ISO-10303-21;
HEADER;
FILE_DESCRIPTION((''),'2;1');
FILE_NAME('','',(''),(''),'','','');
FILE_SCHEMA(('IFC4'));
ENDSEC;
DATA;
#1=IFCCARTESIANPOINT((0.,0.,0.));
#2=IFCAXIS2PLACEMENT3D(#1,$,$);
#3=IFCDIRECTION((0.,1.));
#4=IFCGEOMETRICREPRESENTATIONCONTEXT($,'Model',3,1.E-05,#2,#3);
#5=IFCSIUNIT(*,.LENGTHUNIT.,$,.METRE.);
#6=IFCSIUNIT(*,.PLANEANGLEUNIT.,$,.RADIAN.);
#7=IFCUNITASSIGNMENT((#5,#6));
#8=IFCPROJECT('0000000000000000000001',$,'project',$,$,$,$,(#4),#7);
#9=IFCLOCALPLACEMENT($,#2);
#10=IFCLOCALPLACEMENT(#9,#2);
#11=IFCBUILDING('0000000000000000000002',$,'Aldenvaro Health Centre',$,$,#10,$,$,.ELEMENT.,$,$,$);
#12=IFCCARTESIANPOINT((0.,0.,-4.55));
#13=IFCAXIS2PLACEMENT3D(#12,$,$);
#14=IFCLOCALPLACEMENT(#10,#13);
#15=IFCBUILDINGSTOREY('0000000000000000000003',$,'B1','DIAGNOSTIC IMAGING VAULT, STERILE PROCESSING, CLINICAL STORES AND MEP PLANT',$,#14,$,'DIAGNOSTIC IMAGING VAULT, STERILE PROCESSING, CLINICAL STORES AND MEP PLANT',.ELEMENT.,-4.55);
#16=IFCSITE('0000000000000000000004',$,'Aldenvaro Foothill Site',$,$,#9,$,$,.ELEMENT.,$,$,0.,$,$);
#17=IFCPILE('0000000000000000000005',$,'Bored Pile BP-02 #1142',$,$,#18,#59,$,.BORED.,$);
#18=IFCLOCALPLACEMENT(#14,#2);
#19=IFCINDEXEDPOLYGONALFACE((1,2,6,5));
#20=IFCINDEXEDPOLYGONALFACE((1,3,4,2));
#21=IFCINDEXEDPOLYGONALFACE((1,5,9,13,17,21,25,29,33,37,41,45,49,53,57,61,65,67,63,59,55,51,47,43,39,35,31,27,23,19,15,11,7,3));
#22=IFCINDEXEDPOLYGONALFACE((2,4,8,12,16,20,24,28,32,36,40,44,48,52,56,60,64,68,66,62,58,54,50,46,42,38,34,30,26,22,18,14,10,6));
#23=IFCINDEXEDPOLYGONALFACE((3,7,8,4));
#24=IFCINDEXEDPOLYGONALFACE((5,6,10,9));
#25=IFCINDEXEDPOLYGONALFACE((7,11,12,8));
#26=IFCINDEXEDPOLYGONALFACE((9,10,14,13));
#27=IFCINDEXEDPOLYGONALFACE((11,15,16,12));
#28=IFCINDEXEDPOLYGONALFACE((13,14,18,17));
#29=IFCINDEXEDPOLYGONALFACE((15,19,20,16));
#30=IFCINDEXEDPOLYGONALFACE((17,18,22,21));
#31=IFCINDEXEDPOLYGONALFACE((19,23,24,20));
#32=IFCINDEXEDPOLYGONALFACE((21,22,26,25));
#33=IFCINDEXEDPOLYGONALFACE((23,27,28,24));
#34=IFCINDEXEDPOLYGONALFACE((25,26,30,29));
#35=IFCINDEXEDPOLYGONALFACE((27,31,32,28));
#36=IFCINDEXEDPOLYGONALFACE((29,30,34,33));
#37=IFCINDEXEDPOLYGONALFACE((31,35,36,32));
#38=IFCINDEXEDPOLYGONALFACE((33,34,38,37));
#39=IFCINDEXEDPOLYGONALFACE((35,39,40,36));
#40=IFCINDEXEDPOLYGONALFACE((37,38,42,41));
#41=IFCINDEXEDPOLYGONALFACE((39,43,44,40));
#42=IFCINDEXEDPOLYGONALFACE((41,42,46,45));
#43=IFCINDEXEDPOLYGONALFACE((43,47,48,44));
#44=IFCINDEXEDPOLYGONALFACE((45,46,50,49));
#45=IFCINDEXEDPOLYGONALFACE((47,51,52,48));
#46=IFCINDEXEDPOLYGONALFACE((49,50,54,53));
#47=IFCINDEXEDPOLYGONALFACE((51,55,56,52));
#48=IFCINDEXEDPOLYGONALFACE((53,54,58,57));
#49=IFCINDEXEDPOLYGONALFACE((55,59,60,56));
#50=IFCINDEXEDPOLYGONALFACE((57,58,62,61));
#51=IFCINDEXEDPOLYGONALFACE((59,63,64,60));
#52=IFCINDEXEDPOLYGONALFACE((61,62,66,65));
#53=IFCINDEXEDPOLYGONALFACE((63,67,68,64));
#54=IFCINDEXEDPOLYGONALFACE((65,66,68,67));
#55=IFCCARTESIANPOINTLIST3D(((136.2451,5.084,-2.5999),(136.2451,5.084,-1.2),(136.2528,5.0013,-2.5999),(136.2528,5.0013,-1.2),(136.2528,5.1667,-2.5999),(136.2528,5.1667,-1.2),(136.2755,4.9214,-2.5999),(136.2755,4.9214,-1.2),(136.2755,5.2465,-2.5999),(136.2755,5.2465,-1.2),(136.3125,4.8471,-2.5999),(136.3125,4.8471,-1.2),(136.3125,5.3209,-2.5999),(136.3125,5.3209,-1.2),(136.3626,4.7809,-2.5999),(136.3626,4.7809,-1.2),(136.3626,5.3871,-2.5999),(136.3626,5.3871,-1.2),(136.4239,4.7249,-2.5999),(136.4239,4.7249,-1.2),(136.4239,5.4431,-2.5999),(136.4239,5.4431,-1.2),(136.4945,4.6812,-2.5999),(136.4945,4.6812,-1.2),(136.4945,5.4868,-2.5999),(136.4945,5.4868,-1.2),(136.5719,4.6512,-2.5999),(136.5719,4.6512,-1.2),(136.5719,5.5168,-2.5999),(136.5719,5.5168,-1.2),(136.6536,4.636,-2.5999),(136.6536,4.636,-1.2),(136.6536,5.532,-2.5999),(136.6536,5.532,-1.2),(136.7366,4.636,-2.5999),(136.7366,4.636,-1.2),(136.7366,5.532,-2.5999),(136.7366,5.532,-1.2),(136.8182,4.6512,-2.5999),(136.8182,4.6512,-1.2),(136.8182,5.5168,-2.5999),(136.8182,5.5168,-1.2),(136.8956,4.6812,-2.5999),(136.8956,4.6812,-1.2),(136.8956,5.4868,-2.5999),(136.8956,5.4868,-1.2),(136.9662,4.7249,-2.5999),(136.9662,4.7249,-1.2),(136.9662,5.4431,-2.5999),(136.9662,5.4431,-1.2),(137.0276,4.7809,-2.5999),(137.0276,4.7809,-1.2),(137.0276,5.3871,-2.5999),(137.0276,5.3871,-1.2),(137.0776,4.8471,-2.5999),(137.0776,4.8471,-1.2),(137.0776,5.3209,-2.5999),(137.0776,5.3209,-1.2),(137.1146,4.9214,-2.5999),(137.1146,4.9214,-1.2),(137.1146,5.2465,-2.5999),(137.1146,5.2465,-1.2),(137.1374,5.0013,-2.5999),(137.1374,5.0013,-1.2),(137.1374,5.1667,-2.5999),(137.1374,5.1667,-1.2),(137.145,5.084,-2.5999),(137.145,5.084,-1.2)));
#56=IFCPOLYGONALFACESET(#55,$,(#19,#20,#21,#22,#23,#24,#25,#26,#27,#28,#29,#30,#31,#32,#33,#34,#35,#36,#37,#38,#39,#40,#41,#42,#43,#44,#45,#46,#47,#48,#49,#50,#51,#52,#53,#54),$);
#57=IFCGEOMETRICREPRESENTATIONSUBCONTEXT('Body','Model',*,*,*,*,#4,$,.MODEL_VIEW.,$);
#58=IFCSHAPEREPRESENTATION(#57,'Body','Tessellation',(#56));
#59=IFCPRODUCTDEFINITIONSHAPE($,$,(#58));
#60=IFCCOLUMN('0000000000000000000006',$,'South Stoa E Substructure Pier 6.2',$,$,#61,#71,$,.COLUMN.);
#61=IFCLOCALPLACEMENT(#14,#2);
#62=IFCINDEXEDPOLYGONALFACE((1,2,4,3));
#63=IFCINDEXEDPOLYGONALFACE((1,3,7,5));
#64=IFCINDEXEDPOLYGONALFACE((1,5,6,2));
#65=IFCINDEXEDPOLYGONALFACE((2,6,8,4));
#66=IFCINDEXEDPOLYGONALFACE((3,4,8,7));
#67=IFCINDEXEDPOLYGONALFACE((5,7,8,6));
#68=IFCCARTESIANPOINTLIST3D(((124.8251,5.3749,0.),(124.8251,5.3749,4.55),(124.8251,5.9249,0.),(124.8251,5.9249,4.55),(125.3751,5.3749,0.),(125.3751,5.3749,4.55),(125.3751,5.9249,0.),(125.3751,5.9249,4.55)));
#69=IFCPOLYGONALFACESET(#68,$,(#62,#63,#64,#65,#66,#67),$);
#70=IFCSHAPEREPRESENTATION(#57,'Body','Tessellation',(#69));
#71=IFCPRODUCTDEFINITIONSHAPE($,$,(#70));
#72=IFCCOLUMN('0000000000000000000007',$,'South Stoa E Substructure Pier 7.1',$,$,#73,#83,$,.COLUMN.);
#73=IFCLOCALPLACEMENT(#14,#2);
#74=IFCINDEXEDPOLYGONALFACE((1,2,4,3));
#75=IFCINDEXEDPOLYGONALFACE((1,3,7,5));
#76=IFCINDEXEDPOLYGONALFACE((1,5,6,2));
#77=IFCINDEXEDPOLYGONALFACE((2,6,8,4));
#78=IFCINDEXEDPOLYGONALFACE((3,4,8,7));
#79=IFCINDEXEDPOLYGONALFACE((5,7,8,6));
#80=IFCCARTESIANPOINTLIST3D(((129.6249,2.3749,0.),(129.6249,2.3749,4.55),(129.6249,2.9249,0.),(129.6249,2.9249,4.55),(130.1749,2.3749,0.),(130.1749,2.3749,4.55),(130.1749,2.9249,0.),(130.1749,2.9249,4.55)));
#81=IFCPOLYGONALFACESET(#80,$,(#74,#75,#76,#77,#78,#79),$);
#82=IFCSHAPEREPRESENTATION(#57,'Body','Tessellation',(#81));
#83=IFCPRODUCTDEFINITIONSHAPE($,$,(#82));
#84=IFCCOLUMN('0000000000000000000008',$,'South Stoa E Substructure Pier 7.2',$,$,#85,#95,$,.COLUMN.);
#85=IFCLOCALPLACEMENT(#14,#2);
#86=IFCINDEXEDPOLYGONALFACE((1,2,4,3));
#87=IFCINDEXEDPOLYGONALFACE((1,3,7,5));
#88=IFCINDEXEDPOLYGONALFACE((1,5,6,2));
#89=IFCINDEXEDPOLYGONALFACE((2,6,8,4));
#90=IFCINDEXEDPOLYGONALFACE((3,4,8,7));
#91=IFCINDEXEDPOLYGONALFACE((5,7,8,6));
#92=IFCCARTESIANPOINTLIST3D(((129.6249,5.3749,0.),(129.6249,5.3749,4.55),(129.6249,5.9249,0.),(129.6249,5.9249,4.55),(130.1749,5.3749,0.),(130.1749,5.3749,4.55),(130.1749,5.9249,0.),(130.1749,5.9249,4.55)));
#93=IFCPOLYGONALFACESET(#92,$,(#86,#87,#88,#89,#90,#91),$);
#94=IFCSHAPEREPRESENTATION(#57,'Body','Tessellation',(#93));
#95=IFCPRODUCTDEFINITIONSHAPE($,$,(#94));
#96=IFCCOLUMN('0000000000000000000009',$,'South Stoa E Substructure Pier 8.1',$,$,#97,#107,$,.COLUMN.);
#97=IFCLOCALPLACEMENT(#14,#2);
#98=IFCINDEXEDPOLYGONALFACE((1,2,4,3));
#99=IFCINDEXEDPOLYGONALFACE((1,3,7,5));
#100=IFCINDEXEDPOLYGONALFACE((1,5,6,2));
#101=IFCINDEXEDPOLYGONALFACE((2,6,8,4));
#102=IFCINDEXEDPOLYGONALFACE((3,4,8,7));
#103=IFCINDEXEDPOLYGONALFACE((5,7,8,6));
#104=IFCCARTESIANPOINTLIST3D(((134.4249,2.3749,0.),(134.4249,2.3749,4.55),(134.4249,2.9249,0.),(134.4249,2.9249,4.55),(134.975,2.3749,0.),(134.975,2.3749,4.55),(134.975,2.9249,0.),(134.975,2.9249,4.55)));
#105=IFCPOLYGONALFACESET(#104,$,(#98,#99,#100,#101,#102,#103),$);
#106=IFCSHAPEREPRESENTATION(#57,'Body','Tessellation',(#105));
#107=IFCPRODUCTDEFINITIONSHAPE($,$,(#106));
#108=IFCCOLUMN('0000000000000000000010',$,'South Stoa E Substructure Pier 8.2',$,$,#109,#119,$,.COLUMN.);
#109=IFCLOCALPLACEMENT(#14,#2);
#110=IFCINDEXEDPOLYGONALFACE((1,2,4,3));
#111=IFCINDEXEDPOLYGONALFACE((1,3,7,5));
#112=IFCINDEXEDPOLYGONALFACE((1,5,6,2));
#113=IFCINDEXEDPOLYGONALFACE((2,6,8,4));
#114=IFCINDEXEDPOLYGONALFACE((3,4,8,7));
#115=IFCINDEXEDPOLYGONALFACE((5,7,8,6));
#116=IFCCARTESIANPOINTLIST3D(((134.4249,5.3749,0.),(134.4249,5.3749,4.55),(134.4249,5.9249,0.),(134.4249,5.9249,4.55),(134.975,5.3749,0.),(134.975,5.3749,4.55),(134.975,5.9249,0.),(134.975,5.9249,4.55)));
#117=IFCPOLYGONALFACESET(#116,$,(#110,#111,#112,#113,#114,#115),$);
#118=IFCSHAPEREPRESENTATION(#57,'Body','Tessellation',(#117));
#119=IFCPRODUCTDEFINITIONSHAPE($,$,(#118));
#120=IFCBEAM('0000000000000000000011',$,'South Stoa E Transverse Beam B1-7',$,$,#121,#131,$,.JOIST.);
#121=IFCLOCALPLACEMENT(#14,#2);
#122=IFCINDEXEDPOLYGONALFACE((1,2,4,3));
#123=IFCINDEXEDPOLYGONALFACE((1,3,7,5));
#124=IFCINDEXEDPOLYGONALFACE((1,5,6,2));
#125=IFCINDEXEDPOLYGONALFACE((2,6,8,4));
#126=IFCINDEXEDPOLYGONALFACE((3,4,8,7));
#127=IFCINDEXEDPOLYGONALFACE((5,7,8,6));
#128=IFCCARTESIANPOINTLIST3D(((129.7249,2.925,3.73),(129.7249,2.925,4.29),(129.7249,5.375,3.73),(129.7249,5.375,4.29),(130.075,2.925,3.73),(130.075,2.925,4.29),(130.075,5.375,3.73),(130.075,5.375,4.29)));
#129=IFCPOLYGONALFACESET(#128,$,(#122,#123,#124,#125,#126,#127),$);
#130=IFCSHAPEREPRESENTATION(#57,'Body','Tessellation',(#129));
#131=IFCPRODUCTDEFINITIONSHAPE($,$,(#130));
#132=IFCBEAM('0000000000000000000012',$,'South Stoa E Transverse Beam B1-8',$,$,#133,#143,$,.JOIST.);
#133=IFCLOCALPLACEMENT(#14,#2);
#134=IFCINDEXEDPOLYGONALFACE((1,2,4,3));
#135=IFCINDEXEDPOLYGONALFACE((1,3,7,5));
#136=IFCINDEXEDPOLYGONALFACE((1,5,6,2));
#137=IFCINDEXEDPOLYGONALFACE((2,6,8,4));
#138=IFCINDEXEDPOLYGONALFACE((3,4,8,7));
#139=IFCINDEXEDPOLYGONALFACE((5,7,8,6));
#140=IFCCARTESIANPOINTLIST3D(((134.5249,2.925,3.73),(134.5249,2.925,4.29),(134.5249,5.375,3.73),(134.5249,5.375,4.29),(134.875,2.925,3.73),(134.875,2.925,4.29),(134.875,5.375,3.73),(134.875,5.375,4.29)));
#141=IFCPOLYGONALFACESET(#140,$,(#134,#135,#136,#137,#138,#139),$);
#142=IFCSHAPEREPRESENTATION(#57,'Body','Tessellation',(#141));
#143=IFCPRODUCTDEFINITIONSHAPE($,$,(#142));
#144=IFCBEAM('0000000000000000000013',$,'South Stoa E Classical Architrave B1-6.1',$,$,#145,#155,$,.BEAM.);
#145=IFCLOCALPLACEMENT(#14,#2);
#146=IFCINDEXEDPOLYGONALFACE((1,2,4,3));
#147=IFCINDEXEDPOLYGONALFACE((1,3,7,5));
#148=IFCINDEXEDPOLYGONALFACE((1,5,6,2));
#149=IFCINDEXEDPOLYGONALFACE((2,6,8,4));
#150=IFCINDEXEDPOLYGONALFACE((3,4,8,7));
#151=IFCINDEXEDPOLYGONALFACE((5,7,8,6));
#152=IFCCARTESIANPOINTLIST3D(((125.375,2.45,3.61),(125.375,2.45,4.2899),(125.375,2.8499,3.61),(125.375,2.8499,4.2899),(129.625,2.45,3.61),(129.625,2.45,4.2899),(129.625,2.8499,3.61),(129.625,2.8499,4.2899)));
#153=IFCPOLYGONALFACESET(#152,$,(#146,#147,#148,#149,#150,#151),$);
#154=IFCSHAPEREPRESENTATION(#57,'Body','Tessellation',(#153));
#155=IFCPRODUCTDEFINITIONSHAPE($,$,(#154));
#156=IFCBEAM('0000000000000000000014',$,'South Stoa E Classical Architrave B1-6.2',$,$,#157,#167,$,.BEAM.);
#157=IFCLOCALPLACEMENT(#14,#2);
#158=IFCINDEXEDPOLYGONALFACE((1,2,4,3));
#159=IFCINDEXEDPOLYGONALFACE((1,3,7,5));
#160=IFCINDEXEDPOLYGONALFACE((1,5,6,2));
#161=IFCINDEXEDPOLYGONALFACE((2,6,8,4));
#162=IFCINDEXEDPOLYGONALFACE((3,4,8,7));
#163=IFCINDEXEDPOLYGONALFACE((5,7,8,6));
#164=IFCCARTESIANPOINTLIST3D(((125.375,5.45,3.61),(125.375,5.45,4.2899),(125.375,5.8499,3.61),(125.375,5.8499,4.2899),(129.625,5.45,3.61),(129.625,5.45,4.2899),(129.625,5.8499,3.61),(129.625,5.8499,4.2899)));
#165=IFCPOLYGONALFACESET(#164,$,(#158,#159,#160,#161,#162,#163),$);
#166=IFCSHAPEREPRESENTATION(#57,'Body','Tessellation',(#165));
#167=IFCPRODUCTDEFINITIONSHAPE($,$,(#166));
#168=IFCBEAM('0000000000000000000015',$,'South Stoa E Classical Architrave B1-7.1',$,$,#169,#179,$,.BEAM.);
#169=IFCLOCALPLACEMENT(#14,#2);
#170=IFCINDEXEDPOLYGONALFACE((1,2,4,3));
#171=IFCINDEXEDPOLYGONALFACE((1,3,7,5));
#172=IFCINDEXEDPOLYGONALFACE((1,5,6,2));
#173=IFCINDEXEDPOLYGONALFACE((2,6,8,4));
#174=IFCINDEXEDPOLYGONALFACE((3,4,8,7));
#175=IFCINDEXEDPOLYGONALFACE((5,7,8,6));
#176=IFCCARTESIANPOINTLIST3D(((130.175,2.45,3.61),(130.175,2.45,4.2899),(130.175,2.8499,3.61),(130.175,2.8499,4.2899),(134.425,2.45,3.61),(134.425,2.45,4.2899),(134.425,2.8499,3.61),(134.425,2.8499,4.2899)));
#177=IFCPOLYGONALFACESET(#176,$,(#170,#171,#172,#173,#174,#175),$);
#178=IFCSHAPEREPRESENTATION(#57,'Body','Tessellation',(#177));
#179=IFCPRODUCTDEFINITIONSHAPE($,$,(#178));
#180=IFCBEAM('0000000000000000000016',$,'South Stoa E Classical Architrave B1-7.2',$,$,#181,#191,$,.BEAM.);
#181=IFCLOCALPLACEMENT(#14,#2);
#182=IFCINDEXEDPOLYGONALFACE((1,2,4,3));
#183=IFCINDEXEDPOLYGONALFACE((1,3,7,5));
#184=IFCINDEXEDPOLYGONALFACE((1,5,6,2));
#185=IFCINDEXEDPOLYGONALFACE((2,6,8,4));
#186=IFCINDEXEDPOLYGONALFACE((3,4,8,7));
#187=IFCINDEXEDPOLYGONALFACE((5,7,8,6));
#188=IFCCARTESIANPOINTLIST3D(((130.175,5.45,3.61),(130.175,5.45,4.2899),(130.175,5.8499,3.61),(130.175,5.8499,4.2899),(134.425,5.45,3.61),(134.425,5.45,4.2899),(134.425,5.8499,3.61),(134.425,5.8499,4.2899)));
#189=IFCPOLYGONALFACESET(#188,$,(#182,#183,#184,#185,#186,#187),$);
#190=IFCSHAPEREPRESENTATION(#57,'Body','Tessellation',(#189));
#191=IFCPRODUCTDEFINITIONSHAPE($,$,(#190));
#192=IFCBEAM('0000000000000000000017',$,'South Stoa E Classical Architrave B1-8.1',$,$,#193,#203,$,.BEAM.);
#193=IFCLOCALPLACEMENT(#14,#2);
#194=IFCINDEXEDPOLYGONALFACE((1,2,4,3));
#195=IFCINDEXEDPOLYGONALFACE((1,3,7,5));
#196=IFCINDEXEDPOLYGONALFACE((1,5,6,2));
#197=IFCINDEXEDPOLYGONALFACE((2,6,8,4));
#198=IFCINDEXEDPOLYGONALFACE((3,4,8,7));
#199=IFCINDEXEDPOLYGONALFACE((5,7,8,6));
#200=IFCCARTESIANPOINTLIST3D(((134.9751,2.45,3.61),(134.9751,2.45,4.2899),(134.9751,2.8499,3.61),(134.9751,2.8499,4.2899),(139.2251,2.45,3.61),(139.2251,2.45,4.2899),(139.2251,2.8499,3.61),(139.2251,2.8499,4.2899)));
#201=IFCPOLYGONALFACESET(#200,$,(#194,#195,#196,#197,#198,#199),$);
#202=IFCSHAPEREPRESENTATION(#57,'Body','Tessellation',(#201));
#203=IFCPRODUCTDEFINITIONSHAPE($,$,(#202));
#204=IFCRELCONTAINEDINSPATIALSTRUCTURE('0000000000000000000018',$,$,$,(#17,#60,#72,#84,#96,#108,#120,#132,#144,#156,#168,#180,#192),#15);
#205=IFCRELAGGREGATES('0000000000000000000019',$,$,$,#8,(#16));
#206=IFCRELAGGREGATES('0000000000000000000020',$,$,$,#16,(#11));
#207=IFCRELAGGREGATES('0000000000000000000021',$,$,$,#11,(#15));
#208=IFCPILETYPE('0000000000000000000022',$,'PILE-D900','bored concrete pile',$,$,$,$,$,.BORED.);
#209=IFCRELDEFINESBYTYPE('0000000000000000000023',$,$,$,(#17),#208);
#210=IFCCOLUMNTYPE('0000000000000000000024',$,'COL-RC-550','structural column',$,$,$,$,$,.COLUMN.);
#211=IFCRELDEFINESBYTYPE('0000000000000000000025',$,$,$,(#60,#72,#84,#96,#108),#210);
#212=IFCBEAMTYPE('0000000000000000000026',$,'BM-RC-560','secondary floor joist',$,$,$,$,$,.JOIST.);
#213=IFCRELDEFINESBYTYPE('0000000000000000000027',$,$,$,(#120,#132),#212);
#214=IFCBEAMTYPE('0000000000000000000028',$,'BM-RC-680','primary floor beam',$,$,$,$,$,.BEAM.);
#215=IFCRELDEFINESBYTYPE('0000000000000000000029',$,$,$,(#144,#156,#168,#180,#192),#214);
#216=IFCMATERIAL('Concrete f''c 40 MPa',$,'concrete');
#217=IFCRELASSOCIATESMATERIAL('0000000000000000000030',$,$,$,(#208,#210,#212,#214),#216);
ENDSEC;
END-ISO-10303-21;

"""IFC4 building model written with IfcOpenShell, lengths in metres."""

from ifc_helpers import new_model, si_unit, direction, frame, origin, origin_2d, place, context, subcontext, project, spatial, rectangle, circle, extrude, material, material_profile, profile_set, type_object, element, save


model = new_model("IFC4")

# Units and contexts
model_context = context("Model", 3, precision=1e-05, world=origin(), true_north=direction((0.0, 1.0)))
body_context = subcontext(model_context, "Body", "Model", "MODEL_VIEW")
ifc_project = project(units=[si_unit("LENGTHUNIT", "METRE"), si_unit("PLANEANGLEUNIT", "RADIAN")], contexts=[model_context])

# Site, building, storey
site_placement = place(None, origin())
site = spatial("IfcSite", under=ifc_project, at=site_placement, Name="Aldenvaro Foothill Site", CompositionType="ELEMENT", RefElevation=0.0)
building_placement = place(site_placement, origin())
building = spatial("IfcBuilding", under=site, at=building_placement, Name="Aldenvaro Health Centre", CompositionType="ELEMENT")
storey_placement = place(building_placement, frame((0.0, 0.0, -4.55)))
storey = spatial("IfcBuildingStorey", under=building, at=storey_placement, Name="B1", Description="DIAGNOSTIC IMAGING VAULT, STERILE PROCESSING, CLINICAL STORES AND MEP PLANT", LongName="DIAGNOSTIC IMAGING VAULT, STERILE PROCESSING, CLINICAL STORES AND MEP PLANT", CompositionType="ELEMENT", Elevation=-4.55)

# Shared definitions
ifc_material = material(Name="Concrete f'c 40 MPa", Category="concrete")

# Pile
ifc_material_profile_1 = material_profile(ifc_material, circle(Radius=0.45, at=origin_2d()), Name="PILE D900", Category="concrete")
ifc_profile_set_1 = profile_set([ifc_material_profile_1], Name="Concrete f'c 40 MPa")
pile_type_1 = type_object("IfcPileType", Name="PILE-D900", Description="bored concrete pile", PredefinedType="BORED", material=ifc_profile_set_1)
for number, where, z_axis, x_axis, name in (
    (1, (136.6951, 5.084, -1.2), (0.0, 0.0, -1.0), (1.0, 0.0, 0.0), "Bored Pile BP-02 #1142"),
):
    element("IfcPile", number, at=place(storey_placement, frame(where, z_axis=z_axis, x_axis=x_axis)), inside=storey, type_object=pile_type_1, Name=name, PredefinedType="BORED", context=body_context, shape_type="SweptSolid", body=[
        extrude(circle(Radius=0.45, at=origin_2d()), origin(), (0.0, 0.0, 1.0), 1.3999),
    ])

# Columns
ifc_material_profile_2 = material_profile(ifc_material, rectangle(XDim=0.55, YDim=0.55, at=origin_2d()), Name="RC 550x550", Category="concrete")
ifc_profile_set_2 = profile_set([ifc_material_profile_2], Name="Concrete f'c 40 MPa")
column_type = type_object("IfcColumnType", Name="COL-RC-550", Description="structural column", PredefinedType="COLUMN", material=ifc_profile_set_2)
for number, where, z_axis, x_axis, name in (
    (2, (125.1001, 5.6499, 0.0), (0.0, 0.0, 1.0), (1.0, 0.0, 0.0), "South Stoa E Substructure Pier 6.2"),
    (3, (129.8999, 2.6499, 0.0), (0.0, 0.0, 1.0), (1.0, 0.0, 0.0), "South Stoa E Substructure Pier 7.1"),
    (4, (129.8999, 5.6499, 0.0), (0.0, 0.0, 1.0), (1.0, 0.0, 0.0), "South Stoa E Substructure Pier 7.2"),
    (5, (134.7, 2.6499, 0.0), (0.0, 0.0, 1.0), (1.0, 0.0, 0.0), "South Stoa E Substructure Pier 8.1"),
    (6, (134.7, 5.6499, 0.0), (0.0, 0.0, 1.0), (1.0, 0.0, 0.0), "South Stoa E Substructure Pier 8.2"),
):
    element("IfcColumn", number, at=place(storey_placement, frame(where, z_axis=z_axis, x_axis=x_axis)), inside=storey, type_object=column_type, Name=name, PredefinedType="COLUMN", context=body_context, shape_type="SweptSolid", body=[
        extrude(rectangle(XDim=0.55, YDim=0.55, at=origin_2d()), origin(), (0.0, 0.0, 1.0), 4.55),
    ])

# Beams
ifc_material_profile_3 = material_profile(ifc_material, rectangle(XDim=0.3501, YDim=0.5601, at=origin_2d()), Name="RC 350x560", Category="concrete")
ifc_profile_set_3 = profile_set([ifc_material_profile_3], Name="Concrete f'c 40 MPa")
beam_type_1 = type_object("IfcBeamType", Name="BM-RC-560", Description="secondary floor joist", PredefinedType="JOIST", material=ifc_profile_set_3)
for number, where, z_axis, x_axis, name in (
    (7, (129.8999, 2.925, 4.01), (0.0, 1.0, 0.0), (-1.0, 0.0, 0.0), "South Stoa E Transverse Beam B1-7"),
    (8, (134.7, 2.925, 4.01), (0.0, 1.0, 0.0), (-1.0, 0.0, 0.0), "South Stoa E Transverse Beam B1-8"),
):
    element("IfcBeam", number, at=place(storey_placement, frame(where, z_axis=z_axis, x_axis=x_axis)), inside=storey, type_object=beam_type_1, Name=name, PredefinedType="JOIST", context=body_context, shape_type="SweptSolid", body=[
        extrude(rectangle(XDim=0.3501, YDim=0.5601, at=origin_2d()), origin(), (0.0, 0.0, 1.0), 2.45),
    ])
ifc_material_profile_4 = material_profile(ifc_material, rectangle(XDim=0.3999, YDim=0.6799, at=origin_2d()), Name="RC 400x680", Category="concrete")
ifc_profile_set_4 = profile_set([ifc_material_profile_4], Name="Concrete f'c 40 MPa")
beam_type_2 = type_object("IfcBeamType", Name="BM-RC-680", Description="primary floor beam", PredefinedType="BEAM", material=ifc_profile_set_4)
for number, where, z_axis, x_axis, name in (
    (9, (125.375, 2.6499, 3.95), (1.0, 0.0, 0.0), (0.0, 1.0, 0.0), "South Stoa E Classical Architrave B1-6.1"),
    (10, (125.375, 5.6499, 3.95), (1.0, 0.0, 0.0), (0.0, 1.0, 0.0), "South Stoa E Classical Architrave B1-6.2"),
    (11, (130.175, 2.6499, 3.95), (1.0, 0.0, 0.0), (0.0, 1.0, 0.0), "South Stoa E Classical Architrave B1-7.1"),
    (12, (130.175, 5.6499, 3.95), (1.0, 0.0, 0.0), (0.0, 1.0, 0.0), "South Stoa E Classical Architrave B1-7.2"),
    (13, (134.9751, 2.6499, 3.95), (1.0, 0.0, 0.0), (0.0, 1.0, 0.0), "South Stoa E Classical Architrave B1-8.1"),
):
    element("IfcBeam", number, at=place(storey_placement, frame(where, z_axis=z_axis, x_axis=x_axis)), inside=storey, type_object=beam_type_2, Name=name, PredefinedType="BEAM", context=body_context, shape_type="SweptSolid", body=[
        extrude(rectangle(XDim=0.3999, YDim=0.6799, at=origin_2d()), origin(), (0.0, 0.0, 1.0), 4.25),
    ])

save(model, "model.ifc")
